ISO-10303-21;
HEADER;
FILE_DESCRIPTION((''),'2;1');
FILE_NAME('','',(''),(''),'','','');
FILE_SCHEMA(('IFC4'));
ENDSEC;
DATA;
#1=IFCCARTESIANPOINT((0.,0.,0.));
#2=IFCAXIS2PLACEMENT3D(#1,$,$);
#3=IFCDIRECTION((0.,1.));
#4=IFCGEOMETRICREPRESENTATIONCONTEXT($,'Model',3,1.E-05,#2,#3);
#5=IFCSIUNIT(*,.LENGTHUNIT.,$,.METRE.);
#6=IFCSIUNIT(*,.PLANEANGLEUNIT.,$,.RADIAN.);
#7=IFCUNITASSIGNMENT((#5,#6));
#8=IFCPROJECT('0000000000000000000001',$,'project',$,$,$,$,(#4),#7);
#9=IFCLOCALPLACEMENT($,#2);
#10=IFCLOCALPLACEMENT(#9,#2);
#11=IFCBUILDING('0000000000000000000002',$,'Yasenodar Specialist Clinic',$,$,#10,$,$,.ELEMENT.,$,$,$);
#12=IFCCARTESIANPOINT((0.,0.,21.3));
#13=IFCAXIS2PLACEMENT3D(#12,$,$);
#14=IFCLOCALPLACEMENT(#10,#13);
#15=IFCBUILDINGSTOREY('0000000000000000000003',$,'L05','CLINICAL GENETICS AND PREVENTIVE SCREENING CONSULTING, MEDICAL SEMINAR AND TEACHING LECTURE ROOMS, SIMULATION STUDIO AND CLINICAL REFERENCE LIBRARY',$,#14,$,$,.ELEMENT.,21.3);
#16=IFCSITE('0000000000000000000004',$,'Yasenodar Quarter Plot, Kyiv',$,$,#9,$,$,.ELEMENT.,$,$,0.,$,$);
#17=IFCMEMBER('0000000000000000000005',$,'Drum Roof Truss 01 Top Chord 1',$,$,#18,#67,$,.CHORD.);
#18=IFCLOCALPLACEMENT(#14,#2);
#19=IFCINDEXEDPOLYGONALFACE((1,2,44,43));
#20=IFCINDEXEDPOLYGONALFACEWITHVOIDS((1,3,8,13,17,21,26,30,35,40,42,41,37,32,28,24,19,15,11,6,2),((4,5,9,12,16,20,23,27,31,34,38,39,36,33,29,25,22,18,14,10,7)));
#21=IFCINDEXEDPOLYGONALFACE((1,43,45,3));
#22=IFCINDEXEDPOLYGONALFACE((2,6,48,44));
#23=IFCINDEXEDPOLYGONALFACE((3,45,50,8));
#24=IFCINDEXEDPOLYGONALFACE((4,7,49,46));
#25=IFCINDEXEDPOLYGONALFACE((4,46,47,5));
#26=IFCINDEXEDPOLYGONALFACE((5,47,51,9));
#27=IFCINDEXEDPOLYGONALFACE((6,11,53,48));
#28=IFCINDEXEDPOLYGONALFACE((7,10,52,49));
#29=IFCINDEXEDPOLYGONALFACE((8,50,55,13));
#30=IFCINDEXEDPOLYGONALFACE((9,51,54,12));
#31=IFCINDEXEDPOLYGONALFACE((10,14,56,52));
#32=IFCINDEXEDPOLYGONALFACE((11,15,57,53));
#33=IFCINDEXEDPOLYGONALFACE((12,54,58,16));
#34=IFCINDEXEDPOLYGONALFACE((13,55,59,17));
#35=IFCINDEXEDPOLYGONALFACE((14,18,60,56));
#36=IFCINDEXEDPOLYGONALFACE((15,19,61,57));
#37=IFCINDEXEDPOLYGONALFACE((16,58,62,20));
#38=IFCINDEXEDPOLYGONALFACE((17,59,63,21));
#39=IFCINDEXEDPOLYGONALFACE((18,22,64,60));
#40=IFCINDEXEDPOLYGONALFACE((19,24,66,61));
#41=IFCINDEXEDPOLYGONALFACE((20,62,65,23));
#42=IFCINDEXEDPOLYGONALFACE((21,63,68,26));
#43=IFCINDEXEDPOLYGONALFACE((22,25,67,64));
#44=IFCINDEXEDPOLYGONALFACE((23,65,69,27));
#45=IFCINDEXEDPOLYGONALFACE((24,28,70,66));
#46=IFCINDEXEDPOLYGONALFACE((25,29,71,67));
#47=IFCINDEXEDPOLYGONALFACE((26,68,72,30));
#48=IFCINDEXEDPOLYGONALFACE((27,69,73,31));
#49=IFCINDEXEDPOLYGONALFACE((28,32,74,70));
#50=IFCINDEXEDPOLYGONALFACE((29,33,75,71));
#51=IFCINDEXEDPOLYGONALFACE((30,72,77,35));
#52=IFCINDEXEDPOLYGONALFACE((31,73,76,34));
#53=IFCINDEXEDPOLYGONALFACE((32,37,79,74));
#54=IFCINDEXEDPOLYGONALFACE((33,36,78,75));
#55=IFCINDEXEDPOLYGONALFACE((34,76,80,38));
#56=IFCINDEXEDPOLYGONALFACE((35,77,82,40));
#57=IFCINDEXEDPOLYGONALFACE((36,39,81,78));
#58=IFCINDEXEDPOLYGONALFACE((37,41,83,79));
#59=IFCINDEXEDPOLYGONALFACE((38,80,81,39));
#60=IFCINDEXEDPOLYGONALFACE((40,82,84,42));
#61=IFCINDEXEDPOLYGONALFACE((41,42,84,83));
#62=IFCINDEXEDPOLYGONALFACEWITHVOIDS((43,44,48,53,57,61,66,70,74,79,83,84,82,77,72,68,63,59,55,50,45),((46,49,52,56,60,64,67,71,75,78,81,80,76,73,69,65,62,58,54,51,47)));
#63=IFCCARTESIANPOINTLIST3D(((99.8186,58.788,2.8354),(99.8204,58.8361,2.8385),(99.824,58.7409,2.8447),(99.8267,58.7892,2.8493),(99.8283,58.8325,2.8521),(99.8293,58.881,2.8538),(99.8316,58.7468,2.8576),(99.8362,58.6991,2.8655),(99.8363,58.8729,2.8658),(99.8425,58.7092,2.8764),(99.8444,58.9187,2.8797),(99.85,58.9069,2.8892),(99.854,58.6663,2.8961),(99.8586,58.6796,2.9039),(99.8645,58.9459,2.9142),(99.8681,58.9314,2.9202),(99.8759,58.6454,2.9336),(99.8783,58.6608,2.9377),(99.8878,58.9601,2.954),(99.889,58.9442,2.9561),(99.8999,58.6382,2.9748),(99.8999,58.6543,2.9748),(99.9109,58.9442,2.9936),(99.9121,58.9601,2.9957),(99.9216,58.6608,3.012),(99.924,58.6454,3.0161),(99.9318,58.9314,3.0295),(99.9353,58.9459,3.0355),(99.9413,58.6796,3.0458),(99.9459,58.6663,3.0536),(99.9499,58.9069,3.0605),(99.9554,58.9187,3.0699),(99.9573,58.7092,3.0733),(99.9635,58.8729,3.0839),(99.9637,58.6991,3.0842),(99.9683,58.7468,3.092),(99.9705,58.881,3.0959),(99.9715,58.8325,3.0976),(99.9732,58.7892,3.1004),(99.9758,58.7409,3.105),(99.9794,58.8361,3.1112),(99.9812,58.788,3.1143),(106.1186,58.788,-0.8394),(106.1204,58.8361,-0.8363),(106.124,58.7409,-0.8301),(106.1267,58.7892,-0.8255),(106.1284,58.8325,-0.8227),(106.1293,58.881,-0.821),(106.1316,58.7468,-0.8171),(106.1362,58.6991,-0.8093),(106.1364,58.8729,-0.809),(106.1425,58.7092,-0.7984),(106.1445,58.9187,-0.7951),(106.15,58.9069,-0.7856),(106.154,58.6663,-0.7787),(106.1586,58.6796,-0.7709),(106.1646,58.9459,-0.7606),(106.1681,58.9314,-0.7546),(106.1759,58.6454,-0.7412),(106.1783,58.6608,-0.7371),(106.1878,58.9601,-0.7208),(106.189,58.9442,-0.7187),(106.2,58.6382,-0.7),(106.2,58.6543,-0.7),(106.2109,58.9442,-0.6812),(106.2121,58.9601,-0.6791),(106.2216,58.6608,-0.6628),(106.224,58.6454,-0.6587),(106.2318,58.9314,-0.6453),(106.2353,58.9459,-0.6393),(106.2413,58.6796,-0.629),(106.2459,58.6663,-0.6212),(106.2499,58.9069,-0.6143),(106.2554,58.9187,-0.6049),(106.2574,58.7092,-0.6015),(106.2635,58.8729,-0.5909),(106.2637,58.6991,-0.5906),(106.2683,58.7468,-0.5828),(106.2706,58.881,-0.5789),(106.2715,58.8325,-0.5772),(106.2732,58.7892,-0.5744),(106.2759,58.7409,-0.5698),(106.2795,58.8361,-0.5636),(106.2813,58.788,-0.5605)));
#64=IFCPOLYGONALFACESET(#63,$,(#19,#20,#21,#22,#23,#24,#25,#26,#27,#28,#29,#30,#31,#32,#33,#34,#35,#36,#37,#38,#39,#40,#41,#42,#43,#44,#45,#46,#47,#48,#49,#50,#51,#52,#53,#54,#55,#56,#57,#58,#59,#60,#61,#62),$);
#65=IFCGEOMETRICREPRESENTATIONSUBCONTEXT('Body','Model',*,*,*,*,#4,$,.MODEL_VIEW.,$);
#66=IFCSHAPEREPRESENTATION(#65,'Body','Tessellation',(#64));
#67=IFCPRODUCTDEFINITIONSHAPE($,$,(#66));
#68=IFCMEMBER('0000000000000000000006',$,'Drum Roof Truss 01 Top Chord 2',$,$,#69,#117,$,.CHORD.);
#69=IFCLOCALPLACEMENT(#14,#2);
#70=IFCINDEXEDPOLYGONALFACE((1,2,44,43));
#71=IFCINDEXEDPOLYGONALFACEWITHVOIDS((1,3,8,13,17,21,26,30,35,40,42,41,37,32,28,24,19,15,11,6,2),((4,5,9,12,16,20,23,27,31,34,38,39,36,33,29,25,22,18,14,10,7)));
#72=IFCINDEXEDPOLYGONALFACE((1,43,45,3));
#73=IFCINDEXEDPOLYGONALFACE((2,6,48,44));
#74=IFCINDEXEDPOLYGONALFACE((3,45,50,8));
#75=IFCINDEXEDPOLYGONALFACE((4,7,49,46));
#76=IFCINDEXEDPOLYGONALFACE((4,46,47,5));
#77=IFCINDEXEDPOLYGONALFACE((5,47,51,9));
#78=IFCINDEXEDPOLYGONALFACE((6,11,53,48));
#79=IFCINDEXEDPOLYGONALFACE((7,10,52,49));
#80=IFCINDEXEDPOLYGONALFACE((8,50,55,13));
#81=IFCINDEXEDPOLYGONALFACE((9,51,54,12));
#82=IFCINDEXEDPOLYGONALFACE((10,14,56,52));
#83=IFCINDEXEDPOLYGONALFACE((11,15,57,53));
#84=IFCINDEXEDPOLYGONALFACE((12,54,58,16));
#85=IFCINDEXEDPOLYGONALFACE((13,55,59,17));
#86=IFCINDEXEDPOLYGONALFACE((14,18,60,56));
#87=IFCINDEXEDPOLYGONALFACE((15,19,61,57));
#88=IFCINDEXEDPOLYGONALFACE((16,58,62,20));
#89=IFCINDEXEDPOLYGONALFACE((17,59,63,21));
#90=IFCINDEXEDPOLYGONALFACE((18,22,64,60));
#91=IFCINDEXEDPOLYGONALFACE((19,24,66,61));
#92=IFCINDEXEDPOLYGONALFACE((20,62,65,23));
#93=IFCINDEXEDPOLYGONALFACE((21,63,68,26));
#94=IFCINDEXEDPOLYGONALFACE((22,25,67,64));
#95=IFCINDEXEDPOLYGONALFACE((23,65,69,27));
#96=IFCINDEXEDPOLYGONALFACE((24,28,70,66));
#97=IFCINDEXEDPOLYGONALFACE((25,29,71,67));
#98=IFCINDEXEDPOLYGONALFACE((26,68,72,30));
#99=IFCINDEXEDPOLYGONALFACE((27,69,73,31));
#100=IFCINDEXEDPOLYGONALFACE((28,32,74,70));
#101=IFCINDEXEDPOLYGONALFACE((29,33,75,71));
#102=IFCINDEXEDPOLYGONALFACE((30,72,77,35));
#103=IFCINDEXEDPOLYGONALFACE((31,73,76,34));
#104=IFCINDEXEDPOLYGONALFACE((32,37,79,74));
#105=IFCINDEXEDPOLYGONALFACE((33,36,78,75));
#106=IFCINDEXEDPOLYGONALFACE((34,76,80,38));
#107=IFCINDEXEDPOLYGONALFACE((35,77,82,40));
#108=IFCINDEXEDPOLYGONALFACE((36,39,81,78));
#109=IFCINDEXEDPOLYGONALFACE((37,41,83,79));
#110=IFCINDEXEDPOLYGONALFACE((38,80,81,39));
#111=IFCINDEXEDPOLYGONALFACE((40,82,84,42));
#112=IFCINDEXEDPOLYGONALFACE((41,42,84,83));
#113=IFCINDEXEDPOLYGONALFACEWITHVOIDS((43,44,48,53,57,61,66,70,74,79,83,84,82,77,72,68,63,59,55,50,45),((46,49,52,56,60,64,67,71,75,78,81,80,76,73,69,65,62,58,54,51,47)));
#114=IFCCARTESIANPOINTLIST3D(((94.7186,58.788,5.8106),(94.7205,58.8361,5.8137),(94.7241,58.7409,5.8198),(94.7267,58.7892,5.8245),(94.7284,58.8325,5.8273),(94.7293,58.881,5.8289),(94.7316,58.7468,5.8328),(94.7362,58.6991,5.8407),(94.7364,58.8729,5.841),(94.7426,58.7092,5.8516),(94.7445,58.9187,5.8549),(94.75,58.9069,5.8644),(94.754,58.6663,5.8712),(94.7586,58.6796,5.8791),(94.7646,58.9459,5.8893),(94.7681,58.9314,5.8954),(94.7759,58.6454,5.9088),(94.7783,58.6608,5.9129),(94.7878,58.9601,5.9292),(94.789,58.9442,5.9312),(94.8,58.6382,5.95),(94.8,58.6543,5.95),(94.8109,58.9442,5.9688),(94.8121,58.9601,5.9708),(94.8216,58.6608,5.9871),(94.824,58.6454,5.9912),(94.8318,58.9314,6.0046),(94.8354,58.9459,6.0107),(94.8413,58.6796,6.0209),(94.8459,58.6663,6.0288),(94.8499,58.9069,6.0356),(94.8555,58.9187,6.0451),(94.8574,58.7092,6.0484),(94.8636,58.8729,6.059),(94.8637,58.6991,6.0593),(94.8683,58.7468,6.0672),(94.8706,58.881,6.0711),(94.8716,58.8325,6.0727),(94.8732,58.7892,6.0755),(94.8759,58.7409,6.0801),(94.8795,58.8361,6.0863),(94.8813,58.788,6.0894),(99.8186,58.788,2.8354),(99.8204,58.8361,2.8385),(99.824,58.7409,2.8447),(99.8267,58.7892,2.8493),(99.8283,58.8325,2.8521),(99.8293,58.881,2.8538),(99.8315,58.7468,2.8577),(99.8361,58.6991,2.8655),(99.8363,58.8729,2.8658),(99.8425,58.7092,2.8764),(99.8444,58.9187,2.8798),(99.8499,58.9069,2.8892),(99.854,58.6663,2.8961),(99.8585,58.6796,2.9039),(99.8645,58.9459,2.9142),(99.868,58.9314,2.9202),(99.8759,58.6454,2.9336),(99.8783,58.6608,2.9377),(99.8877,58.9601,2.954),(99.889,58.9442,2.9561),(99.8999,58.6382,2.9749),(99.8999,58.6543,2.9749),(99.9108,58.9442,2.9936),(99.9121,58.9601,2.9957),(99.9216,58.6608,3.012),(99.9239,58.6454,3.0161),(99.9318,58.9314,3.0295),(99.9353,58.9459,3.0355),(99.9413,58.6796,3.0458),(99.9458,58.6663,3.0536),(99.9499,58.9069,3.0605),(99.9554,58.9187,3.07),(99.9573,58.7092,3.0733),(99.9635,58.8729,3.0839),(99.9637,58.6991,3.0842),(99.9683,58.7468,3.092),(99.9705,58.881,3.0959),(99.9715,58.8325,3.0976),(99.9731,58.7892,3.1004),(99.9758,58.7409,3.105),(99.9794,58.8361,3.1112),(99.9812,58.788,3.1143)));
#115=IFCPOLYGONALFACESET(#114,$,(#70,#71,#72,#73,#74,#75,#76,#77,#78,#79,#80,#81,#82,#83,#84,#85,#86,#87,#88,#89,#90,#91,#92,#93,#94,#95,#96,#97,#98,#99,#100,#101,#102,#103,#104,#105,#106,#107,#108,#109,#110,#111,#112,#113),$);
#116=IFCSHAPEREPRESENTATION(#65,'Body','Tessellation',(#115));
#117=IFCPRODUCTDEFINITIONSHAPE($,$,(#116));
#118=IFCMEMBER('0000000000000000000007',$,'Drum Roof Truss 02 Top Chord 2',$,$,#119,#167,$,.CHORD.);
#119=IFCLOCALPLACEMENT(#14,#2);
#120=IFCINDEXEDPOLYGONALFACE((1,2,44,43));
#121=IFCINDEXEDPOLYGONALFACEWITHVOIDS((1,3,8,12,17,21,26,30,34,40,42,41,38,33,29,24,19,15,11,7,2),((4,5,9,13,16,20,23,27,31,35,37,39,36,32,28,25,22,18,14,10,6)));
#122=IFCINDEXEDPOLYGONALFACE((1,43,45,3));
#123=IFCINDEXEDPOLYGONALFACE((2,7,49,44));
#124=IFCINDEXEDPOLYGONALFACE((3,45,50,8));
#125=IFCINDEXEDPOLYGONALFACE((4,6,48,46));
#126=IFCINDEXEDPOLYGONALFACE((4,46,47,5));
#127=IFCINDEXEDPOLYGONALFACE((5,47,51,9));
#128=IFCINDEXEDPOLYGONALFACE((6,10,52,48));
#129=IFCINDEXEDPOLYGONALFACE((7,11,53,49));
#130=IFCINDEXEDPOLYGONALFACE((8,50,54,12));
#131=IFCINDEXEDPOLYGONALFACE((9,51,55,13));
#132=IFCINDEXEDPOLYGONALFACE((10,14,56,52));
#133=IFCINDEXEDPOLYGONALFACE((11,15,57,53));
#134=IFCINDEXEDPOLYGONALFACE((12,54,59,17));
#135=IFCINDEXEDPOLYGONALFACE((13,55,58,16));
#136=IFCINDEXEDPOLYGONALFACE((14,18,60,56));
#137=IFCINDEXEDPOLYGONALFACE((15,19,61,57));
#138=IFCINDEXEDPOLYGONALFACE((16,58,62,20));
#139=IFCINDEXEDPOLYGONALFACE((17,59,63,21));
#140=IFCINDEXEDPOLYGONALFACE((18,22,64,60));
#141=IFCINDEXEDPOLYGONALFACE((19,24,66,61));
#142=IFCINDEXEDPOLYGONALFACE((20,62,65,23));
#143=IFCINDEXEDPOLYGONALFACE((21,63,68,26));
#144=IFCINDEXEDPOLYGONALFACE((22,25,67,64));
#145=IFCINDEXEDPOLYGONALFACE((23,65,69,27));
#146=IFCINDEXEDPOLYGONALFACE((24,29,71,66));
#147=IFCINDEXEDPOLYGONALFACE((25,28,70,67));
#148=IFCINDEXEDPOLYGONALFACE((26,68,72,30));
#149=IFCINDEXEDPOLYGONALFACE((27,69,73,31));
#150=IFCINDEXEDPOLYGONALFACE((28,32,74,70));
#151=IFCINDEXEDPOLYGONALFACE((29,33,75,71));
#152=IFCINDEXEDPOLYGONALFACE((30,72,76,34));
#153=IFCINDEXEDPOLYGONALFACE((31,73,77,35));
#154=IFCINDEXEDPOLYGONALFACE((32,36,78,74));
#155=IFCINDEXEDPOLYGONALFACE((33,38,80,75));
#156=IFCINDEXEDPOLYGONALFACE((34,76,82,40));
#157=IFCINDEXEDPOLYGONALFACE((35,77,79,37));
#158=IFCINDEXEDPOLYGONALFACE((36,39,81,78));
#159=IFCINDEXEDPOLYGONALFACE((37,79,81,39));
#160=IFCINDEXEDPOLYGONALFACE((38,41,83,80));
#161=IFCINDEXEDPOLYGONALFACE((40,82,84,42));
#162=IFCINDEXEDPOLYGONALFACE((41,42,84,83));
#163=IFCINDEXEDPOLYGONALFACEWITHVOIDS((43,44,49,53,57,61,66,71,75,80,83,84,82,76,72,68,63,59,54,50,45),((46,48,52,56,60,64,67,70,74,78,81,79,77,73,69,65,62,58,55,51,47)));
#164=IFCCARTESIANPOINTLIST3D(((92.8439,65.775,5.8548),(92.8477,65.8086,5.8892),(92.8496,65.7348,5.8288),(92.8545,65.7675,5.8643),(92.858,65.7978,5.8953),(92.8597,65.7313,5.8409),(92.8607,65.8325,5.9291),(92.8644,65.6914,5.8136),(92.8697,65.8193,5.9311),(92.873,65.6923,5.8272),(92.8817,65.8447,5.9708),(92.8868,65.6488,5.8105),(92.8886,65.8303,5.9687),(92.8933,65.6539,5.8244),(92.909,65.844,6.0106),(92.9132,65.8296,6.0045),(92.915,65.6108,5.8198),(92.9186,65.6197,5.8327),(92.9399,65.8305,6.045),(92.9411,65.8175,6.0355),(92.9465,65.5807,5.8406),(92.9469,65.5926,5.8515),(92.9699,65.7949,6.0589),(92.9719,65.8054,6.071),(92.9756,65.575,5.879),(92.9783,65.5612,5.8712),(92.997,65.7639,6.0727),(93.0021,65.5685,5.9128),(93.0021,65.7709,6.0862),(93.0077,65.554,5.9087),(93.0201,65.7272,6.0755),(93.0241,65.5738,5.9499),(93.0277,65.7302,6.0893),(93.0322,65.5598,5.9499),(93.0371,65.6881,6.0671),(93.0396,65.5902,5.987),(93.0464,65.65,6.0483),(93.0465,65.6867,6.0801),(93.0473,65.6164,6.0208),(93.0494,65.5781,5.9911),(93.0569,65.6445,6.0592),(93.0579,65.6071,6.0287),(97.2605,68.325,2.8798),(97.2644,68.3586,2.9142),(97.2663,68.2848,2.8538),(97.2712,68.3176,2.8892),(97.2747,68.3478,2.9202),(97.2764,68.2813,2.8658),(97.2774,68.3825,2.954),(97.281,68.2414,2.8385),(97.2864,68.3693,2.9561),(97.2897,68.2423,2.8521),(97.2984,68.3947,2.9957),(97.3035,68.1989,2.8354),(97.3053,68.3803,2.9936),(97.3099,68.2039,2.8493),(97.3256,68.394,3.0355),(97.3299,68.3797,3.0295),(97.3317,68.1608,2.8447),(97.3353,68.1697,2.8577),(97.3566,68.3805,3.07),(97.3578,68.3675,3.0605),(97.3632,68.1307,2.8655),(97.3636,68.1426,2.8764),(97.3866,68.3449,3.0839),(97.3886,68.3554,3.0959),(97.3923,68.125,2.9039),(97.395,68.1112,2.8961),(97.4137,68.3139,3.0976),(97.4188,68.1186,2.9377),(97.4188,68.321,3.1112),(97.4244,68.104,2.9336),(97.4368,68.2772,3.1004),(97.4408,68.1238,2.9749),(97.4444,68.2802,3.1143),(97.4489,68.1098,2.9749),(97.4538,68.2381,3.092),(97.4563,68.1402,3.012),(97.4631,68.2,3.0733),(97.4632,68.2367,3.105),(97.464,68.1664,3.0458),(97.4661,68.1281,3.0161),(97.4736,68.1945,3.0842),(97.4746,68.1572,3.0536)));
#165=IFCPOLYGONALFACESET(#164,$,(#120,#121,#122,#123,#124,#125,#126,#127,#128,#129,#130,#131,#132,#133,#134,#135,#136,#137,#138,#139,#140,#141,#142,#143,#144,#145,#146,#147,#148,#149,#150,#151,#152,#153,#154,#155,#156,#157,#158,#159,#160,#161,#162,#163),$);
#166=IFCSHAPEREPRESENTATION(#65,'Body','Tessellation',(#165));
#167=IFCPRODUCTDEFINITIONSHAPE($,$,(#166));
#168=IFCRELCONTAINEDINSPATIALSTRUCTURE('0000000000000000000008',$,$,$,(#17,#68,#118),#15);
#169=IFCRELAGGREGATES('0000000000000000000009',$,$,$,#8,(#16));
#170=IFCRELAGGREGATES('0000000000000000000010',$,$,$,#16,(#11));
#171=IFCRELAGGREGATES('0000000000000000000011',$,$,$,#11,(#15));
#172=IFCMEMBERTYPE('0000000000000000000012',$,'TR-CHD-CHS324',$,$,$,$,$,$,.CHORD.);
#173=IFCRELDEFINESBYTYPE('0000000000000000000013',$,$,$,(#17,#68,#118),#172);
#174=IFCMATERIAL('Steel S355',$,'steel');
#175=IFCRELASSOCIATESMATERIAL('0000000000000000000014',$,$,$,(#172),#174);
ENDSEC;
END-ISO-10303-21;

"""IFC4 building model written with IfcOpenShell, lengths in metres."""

from ifc_helpers import new_model, si_unit, direction, frame, origin, origin_2d, place, context, subcontext, project, spatial, hollow_circle, extrude, material, material_profile, profile_set, type_object, element, save


model = new_model("IFC4")

# Units and contexts
model_context = context("Model", 3, precision=1e-05, world=origin(), true_north=direction((0.0, 1.0)))
body_context = subcontext(model_context, "Body", "Model", "MODEL_VIEW")
ifc_project = project(units=[si_unit("LENGTHUNIT", "METRE"), si_unit("PLANEANGLEUNIT", "RADIAN")], contexts=[model_context])

# Site, building, storey
site_placement = place(None, origin())
site = spatial("IfcSite", under=ifc_project, at=site_placement, Name="Yasenodar Quarter Plot, Kyiv", CompositionType="ELEMENT", RefElevation=0.0)
building_placement = place(site_placement, origin())
building = spatial("IfcBuilding", under=site, at=building_placement, Name="Yasenodar Specialist Clinic", CompositionType="ELEMENT")
storey_placement = place(building_placement, frame((0.0, 0.0, 21.3)))
storey = spatial("IfcBuildingStorey", under=building, at=storey_placement, Name="L05", Description="CLINICAL GENETICS AND PREVENTIVE SCREENING CONSULTING, MEDICAL SEMINAR AND TEACHING LECTURE ROOMS, SIMULATION STUDIO AND CLINICAL REFERENCE LIBRARY", CompositionType="ELEMENT", Elevation=21.3)

# Members
ifc_material = material(Name="Steel S355", Category="steel")
ifc_material_profile_1 = material_profile(ifc_material, hollow_circle(Radius=0.1619, WallThickness=0.0161, at=origin_2d()), Name="CHS 323.9x16")
ifc_profile_set_1 = profile_set([ifc_material_profile_1], Name="Steel S355")
member_type_1 = type_object("IfcMemberType", Name="TR-CHD-CHS324", PredefinedType="CHORD", material=ifc_profile_set_1)
member_1_placement = place(storey_placement, frame((106.2, 58.8, -0.7), z_axis=(-0.863792, 0.0, 0.503848), x_axis=(0.0, -1.0, 0.0)))
element("IfcMember", 1, at=member_1_placement, inside=storey, type_object=member_type_1, Name="Drum Roof Truss 01 Top Chord 1", PredefinedType="CHORD", context=body_context, shape_type="SweptSolid", body=[
    extrude(hollow_circle(Radius=0.1619, WallThickness=0.0161, at=origin_2d()), origin(), (0.0, 0.0, 1.0), 7.2935),
])
for number, where, z_axis, x_axis, name in (
    (2, (99.8999, 58.8, 2.9749), (-0.863765, 0.0, 0.503894), (0.0, -1.0, 0.0), "Drum Roof Truss 01 Top Chord 2"),
    (3, (97.3679, 68.25, 2.9749), (-0.748047, -0.431892, 0.50388), (0.500006, -0.866022, 0.0), "Drum Roof Truss 02 Top Chord 2"),
):
    element("IfcMember", number, at=place(storey_placement, frame(where, z_axis=z_axis, x_axis=x_axis)), inside=storey, type_object=member_type_1, Name=name, PredefinedType="CHORD", context=body_context, shape_type="SweptSolid", body=[
        extrude(hollow_circle(Radius=0.1619, WallThickness=0.0161, at=origin_2d()), origin(), (0.0, 0.0, 1.0), 5.9043),
    ])

save(model, "model.ifc")
